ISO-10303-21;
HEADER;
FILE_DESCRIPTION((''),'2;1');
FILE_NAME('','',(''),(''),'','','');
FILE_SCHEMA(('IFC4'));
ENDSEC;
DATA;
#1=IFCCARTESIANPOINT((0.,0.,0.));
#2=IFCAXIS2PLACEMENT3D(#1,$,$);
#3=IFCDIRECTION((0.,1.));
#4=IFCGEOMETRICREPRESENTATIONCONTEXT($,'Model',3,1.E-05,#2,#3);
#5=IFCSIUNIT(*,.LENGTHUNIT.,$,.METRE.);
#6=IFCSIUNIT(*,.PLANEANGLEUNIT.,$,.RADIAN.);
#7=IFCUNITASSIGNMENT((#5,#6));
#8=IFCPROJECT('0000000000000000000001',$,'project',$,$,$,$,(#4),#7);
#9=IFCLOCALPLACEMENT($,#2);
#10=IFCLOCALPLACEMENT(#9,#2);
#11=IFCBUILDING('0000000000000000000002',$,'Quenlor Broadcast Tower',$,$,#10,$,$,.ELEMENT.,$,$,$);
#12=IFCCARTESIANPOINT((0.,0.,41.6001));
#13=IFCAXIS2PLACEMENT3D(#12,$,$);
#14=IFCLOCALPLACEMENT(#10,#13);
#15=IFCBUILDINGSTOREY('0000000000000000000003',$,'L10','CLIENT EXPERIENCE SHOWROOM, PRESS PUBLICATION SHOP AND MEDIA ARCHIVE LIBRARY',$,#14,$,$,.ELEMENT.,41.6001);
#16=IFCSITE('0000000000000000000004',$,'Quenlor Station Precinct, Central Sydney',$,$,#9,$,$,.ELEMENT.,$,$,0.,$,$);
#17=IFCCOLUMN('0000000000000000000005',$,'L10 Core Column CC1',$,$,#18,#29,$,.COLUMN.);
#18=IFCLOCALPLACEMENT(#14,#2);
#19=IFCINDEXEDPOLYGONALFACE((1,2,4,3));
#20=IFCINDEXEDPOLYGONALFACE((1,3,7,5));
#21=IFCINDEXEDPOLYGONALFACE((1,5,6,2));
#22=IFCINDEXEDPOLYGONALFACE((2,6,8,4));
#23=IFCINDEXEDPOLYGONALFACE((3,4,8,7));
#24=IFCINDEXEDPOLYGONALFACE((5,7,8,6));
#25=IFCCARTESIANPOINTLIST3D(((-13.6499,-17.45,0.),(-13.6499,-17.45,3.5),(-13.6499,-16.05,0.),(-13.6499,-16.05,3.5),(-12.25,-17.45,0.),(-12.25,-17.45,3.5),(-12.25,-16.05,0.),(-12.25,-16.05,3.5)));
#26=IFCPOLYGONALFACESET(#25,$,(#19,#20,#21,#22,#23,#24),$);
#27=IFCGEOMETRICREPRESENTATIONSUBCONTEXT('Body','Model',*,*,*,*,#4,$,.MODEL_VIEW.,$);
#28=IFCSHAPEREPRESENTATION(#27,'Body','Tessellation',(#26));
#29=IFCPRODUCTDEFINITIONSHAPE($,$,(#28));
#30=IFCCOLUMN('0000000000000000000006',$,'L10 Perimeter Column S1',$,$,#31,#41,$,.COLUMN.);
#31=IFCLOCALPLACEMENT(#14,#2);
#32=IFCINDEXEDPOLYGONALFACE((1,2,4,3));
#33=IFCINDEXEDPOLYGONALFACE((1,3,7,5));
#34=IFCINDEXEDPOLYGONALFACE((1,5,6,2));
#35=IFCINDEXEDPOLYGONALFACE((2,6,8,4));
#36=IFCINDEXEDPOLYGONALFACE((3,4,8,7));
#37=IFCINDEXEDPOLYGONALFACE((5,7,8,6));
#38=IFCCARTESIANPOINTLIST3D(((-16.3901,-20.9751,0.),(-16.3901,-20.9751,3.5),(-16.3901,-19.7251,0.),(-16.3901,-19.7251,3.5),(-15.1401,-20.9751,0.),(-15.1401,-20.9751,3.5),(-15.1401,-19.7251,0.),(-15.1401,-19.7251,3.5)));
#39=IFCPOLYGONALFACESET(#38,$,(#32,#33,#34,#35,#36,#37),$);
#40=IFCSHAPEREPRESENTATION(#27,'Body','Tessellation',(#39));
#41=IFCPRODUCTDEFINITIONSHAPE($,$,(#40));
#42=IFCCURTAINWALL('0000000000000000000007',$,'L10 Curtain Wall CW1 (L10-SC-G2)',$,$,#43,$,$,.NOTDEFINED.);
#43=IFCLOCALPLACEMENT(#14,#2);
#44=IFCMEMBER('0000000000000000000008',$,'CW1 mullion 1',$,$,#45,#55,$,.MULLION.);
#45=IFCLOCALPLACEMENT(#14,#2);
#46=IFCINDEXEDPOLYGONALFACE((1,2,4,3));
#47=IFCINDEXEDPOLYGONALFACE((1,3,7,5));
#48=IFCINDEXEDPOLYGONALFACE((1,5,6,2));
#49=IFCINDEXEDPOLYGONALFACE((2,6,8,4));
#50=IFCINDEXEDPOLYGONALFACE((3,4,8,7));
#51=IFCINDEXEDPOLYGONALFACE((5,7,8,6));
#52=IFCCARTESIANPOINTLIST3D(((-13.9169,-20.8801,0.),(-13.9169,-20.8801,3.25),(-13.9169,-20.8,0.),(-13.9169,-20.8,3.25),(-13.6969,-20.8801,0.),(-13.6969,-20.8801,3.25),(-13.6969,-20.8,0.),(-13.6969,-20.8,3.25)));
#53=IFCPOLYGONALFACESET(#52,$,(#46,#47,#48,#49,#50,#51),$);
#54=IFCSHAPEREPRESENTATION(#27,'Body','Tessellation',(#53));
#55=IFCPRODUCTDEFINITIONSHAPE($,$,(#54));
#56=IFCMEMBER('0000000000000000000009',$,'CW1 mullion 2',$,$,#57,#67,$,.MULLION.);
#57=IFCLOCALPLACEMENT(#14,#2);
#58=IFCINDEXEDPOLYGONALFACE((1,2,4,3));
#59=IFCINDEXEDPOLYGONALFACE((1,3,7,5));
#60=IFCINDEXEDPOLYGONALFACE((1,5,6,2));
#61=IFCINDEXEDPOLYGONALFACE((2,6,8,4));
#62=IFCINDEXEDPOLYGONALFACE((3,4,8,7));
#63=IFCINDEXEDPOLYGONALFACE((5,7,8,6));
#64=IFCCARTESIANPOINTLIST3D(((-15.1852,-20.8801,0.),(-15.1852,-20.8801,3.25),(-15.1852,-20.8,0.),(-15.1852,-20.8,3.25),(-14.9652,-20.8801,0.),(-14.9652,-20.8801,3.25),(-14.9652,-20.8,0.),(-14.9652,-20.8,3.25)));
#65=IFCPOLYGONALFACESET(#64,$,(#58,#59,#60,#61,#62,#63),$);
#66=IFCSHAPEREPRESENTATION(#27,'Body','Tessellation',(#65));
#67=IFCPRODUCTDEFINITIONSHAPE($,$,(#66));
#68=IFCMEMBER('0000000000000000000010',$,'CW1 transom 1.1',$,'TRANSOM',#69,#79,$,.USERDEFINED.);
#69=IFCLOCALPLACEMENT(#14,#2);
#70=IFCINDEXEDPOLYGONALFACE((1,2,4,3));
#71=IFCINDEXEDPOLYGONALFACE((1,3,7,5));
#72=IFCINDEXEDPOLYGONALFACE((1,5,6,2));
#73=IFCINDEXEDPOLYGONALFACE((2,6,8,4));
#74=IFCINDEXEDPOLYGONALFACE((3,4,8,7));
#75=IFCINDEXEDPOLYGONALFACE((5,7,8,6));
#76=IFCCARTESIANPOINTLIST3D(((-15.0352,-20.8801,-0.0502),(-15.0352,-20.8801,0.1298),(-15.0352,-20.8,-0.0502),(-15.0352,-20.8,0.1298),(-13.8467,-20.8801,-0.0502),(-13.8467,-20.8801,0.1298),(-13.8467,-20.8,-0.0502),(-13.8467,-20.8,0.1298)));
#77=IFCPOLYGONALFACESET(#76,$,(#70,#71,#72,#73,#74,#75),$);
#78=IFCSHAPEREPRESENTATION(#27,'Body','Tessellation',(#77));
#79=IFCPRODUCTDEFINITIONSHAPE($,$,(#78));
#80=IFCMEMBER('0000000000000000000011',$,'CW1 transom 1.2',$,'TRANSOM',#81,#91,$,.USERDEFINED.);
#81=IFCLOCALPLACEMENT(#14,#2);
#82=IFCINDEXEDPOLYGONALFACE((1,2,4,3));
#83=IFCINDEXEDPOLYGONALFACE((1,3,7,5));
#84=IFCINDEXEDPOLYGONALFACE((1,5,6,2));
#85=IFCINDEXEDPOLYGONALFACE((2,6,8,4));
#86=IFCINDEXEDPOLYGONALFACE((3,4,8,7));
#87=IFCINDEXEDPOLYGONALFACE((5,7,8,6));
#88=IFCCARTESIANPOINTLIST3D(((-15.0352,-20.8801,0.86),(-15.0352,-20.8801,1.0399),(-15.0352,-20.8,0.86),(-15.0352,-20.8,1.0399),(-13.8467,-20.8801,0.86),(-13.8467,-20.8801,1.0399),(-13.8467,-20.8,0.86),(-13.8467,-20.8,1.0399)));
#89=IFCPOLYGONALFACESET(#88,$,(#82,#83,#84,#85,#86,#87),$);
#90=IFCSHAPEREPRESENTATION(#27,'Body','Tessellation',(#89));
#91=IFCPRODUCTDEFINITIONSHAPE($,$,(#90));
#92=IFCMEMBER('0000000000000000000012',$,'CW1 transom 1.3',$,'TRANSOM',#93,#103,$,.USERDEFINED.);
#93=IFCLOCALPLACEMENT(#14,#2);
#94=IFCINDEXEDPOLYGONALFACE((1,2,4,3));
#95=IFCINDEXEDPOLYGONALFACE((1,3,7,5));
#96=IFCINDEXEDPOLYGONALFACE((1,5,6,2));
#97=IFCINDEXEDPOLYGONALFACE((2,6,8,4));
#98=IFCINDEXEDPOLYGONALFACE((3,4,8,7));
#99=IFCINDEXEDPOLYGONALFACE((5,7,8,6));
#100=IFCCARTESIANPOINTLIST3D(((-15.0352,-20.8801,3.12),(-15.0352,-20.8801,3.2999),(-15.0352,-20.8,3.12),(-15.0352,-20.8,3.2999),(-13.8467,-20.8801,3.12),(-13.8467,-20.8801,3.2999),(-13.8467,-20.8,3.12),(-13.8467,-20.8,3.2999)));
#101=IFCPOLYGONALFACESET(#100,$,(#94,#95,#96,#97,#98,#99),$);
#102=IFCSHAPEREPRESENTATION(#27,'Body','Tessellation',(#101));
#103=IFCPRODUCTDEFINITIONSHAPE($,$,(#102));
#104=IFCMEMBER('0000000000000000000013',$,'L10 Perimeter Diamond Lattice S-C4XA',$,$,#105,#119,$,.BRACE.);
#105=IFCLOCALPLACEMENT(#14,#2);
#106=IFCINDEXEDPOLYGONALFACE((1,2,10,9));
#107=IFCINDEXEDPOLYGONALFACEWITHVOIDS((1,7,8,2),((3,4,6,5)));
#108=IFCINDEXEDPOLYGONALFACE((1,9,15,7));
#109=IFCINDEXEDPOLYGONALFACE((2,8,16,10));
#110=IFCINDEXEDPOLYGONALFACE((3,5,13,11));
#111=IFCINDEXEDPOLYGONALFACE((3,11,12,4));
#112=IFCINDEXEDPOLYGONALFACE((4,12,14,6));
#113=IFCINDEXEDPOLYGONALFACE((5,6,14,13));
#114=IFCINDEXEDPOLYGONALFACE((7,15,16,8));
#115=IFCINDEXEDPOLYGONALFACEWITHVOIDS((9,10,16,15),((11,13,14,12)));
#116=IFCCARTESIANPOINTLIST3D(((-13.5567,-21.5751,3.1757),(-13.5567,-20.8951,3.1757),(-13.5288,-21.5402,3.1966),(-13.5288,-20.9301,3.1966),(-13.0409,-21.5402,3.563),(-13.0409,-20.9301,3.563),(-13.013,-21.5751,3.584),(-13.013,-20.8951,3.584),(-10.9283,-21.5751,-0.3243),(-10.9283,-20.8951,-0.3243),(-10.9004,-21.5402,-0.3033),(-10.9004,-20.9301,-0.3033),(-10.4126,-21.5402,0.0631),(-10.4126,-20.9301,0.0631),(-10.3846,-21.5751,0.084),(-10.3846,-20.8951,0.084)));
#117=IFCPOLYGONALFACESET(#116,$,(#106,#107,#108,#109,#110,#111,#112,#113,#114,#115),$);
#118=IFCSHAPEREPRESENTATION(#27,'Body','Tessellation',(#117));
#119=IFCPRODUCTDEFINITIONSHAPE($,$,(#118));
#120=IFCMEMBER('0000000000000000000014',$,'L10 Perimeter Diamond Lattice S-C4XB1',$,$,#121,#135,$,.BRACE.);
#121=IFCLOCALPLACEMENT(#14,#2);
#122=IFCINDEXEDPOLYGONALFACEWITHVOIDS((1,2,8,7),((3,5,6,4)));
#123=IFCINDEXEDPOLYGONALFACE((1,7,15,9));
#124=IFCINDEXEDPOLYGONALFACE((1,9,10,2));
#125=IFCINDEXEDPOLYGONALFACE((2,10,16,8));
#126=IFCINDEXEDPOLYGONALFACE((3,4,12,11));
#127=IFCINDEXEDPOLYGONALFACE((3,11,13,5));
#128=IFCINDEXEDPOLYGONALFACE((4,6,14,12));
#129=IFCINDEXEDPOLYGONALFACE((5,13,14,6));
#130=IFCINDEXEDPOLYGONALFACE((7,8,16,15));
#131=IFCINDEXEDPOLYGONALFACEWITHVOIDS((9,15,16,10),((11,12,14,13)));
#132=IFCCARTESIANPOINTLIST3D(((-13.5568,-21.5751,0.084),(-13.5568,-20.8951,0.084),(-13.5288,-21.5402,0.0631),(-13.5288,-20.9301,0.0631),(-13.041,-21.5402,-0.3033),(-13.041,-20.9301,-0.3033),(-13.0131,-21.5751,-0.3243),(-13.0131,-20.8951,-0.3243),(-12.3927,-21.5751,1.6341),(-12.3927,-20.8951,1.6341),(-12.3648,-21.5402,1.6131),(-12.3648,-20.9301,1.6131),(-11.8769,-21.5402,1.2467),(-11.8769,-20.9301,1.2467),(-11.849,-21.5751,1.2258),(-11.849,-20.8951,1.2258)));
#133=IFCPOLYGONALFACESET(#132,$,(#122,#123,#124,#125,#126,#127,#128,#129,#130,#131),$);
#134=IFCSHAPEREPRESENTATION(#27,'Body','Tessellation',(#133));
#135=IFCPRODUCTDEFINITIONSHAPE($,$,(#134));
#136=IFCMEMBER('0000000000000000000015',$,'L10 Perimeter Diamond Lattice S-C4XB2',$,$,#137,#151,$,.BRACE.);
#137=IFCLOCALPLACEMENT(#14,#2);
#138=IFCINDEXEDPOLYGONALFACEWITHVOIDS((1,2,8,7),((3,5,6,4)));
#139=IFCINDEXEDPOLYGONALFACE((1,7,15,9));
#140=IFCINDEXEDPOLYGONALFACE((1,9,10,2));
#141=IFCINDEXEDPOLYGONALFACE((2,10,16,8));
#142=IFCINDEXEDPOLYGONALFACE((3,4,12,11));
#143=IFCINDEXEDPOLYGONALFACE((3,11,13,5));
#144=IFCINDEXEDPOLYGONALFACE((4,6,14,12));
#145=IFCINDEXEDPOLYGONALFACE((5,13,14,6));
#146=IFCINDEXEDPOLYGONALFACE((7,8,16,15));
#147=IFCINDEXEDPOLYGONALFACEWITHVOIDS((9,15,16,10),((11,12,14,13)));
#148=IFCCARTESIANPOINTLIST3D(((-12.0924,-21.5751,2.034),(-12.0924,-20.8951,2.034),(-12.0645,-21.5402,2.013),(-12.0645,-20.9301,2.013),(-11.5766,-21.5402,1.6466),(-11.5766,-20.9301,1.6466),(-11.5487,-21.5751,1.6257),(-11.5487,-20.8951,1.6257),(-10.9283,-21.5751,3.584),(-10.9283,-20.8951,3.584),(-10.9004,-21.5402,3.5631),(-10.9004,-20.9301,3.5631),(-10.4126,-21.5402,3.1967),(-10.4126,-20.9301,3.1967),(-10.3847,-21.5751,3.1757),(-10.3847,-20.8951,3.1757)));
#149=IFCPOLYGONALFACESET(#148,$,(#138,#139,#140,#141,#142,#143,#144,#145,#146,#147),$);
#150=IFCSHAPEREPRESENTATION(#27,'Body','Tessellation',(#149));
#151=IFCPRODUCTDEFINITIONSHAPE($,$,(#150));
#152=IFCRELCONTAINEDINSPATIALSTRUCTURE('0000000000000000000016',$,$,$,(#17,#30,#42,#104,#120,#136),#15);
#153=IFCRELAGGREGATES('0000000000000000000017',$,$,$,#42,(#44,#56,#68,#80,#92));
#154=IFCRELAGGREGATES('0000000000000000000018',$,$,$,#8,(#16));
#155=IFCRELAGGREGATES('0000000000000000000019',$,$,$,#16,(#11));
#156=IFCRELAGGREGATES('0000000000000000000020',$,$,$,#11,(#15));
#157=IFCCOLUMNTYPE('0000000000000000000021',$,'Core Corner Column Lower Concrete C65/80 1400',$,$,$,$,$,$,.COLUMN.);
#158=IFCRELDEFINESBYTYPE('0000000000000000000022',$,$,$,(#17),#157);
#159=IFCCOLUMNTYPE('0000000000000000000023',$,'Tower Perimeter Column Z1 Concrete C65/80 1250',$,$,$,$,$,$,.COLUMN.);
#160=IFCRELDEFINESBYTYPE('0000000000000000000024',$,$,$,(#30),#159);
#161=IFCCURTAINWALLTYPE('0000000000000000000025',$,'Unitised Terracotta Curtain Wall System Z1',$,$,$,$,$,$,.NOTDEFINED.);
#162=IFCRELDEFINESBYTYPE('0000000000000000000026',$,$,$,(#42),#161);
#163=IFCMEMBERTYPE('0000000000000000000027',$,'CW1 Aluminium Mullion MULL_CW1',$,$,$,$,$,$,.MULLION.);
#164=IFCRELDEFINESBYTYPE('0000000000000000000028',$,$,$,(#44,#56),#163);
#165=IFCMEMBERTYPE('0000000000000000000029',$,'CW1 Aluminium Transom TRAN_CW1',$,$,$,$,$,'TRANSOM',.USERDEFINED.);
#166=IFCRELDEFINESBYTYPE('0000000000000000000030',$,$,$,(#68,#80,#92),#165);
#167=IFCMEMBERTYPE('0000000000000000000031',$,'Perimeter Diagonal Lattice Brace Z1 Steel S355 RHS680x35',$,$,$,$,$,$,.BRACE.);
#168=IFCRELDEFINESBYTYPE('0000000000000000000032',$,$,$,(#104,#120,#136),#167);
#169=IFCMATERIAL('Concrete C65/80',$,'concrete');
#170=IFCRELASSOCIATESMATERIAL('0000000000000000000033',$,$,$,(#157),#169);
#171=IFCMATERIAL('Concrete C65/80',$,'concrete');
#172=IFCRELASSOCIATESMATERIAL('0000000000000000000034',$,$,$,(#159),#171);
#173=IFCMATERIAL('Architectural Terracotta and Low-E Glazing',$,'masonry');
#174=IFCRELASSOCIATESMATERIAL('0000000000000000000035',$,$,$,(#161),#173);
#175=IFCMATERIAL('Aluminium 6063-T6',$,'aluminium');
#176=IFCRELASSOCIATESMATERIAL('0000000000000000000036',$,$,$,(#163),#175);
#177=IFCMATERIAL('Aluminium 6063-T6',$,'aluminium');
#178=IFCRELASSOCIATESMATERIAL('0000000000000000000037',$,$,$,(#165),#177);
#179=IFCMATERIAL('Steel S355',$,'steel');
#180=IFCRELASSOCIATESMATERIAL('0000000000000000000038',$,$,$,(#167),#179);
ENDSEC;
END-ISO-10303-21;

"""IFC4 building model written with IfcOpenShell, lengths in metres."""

from ifc_helpers import new_model, si_unit, direction, frame, origin, origin_2d, place, context, subcontext, project, spatial, rectangle, hollow_rectangle, extrude, material, material_profile, profile_set, type_object, element, aggregate, save


model = new_model("IFC4")

# Units and contexts
model_context = context("Model", 3, precision=1e-05, world=origin(), true_north=direction((0.0, 1.0)))
body_context = subcontext(model_context, "Body", "Model", "MODEL_VIEW")
ifc_project = project(units=[si_unit("LENGTHUNIT", "METRE"), si_unit("PLANEANGLEUNIT", "RADIAN")], contexts=[model_context])

# Site, building, storey
site_placement = place(None, origin())
site = spatial("IfcSite", under=ifc_project, at=site_placement, Name="Quenlor Station Precinct, Central Sydney", CompositionType="ELEMENT", RefElevation=0.0)
building_placement = place(site_placement, origin())
building = spatial("IfcBuilding", under=site, at=building_placement, Name="Quenlor Broadcast Tower", CompositionType="ELEMENT")
storey_placement = place(building_placement, frame((0.0, 0.0, 41.6001)))
storey = spatial("IfcBuildingStorey", under=building, at=storey_placement, Name="L10", Description="CLIENT EXPERIENCE SHOWROOM, PRESS PUBLICATION SHOP AND MEDIA ARCHIVE LIBRARY", CompositionType="ELEMENT", Elevation=41.6001)

# Columns
ifc_material_1 = material(Name="Concrete C65/80", Category="concrete")
ifc_material_profile_1 = material_profile(ifc_material_1, rectangle(XDim=1.3999, YDim=1.3999, at=origin_2d()))
ifc_profile_set_1 = profile_set([ifc_material_profile_1], Name="Concrete C65/80 RC1400x1400")
column_type_1 = type_object("IfcColumnType", Name="Core Corner Column Lower Concrete C65/80 1400", PredefinedType="COLUMN", material=ifc_profile_set_1)
column_1_placement = place(storey_placement, frame((-12.95, -16.75, 0.0), z_axis=(0.0, 0.0, 1.0), x_axis=(1.0, 0.0, 0.0)))
element("IfcColumn", 1, at=column_1_placement, inside=storey, type_object=column_type_1, Name="L10 Core Column CC1", PredefinedType="COLUMN", context=body_context, shape_type="SweptSolid", body=[
    extrude(rectangle(XDim=1.3999, YDim=1.3999, at=origin_2d()), origin(), (0.0, 0.0, 1.0), 3.5),
])
ifc_material_2 = material(Name="Concrete C65/80", Category="concrete")
ifc_material_profile_2 = material_profile(ifc_material_2, rectangle(XDim=1.25, YDim=1.25, at=origin_2d()))
ifc_profile_set_2 = profile_set([ifc_material_profile_2], Name="Concrete C65/80 RC1250x1250")
column_type_2 = type_object("IfcColumnType", Name="Tower Perimeter Column Z1 Concrete C65/80 1250", PredefinedType="COLUMN", material=ifc_profile_set_2)
column_2_placement = place(storey_placement, frame((-15.7651, -20.3501, 0.0), z_axis=(0.0, 0.0, 1.0), x_axis=(0.0, 1.0, 0.0)))
element("IfcColumn", 2, at=column_2_placement, inside=storey, type_object=column_type_2, Name="L10 Perimeter Column S1", PredefinedType="COLUMN", context=body_context, shape_type="SweptSolid", body=[
    extrude(rectangle(XDim=1.25, YDim=1.25, at=origin_2d()), origin(), (0.0, 0.0, 1.0), 3.5),
])

# Curtain wall, members
ifc_material_3 = material(Name="Architectural Terracotta and Low-E Glazing", Category="masonry")
curtain_wall_type = type_object("IfcCurtainWallType", Name="Unitised Terracotta Curtain Wall System Z1", PredefinedType="NOTDEFINED", material=ifc_material_3)
curtain_wall_placement = place(storey_placement, origin())
curtain_wall = element("IfcCurtainWall", 3, at=curtain_wall_placement, inside=storey, type_object=curtain_wall_type, Name="L10 Curtain Wall CW1 (L10-SC-G2)", PredefinedType="NOTDEFINED")
ifc_material_4 = material(Name="Aluminium 6063-T6", Category="aluminium")
ifc_material_profile_3 = material_profile(ifc_material_4, rectangle(XDim=0.0801, YDim=0.22, at=origin_2d()))
ifc_profile_set_3 = profile_set([ifc_material_profile_3], Name="Aluminium 6063-T6 MULL80x220")
member_type_1 = type_object("IfcMemberType", Name="CW1 Aluminium Mullion MULL_CW1", PredefinedType="MULLION", material=ifc_profile_set_3)
member_1_placement = place(storey_placement, frame((-13.8069, -20.8401, 0.0), z_axis=(0.0, 0.0, 1.0), x_axis=(0.0, -1.0, 0.0)))
member_1 = element("IfcMember", 4, at=member_1_placement, type_object=member_type_1, Name="CW1 mullion 1", PredefinedType="MULLION", context=body_context, shape_type="SweptSolid", body=[
    extrude(rectangle(XDim=0.0801, YDim=0.22, at=origin_2d()), origin(), (0.0, 0.0, 1.0), 3.25),
])
member_2_placement = place(storey_placement, frame((-15.0752, -20.8401, 0.0), z_axis=(0.0, 0.0, 1.0), x_axis=(0.0, -1.0, 0.0)))
member_2 = element("IfcMember", 5, at=member_2_placement, type_object=member_type_1, Name="CW1 mullion 2", PredefinedType="MULLION", context=body_context, shape_type="SweptSolid", body=[
    extrude(rectangle(XDim=0.0801, YDim=0.22, at=origin_2d()), origin(), (0.0, 0.0, 1.0), 3.25),
])
ifc_material_5 = material(Name="Aluminium 6063-T6", Category="aluminium")
ifc_material_profile_4 = material_profile(ifc_material_5, rectangle(XDim=0.0801, YDim=0.1799, at=origin_2d()))
ifc_profile_set_4 = profile_set([ifc_material_profile_4], Name="Aluminium 6063-T6 TRAN80x180")
member_type_2 = type_object("IfcMemberType", Name="CW1 Aluminium Transom TRAN_CW1", ElementType="TRANSOM", PredefinedType="USERDEFINED", material=ifc_profile_set_4)
member_3_placement = place(storey_placement, frame((-13.8467, -20.8401, 0.0398), z_axis=(-1.0, 0.0, 0.0), x_axis=(0.0, -1.0, 0.0)))
member_3 = element("IfcMember", 6, at=member_3_placement, type_object=member_type_2, Name="CW1 transom 1.1", ObjectType="TRANSOM", PredefinedType="USERDEFINED", context=body_context, shape_type="SweptSolid", body=[
    extrude(rectangle(XDim=0.0801, YDim=0.1799, at=origin_2d()), origin(), (0.0, 0.0, 1.0), 1.1885),
])
member_4_placement = place(storey_placement, frame((-13.8467, -20.8401, 0.95), z_axis=(-1.0, 0.0, 0.0), x_axis=(0.0, -1.0, 0.0)))
member_4 = element("IfcMember", 7, at=member_4_placement, type_object=member_type_2, Name="CW1 transom 1.2", ObjectType="TRANSOM", PredefinedType="USERDEFINED", context=body_context, shape_type="SweptSolid", body=[
    extrude(rectangle(XDim=0.0801, YDim=0.1799, at=origin_2d()), origin(), (0.0, 0.0, 1.0), 1.1885),
])
member_5_placement = place(storey_placement, frame((-13.8467, -20.8401, 3.21), z_axis=(-1.0, 0.0, 0.0), x_axis=(0.0, -1.0, 0.0)))
member_5 = element("IfcMember", 8, at=member_5_placement, type_object=member_type_2, Name="CW1 transom 1.3", ObjectType="TRANSOM", PredefinedType="USERDEFINED", context=body_context, shape_type="SweptSolid", body=[
    extrude(rectangle(XDim=0.0801, YDim=0.1799, at=origin_2d()), origin(), (0.0, 0.0, 1.0), 1.1885),
])

# Members
ifc_material_6 = material(Name="Steel S355", Category="steel")
ifc_material_profile_5 = material_profile(ifc_material_6, hollow_rectangle(XDim=0.6799, YDim=0.6799, WallThickness=0.0349, at=origin_2d()))
ifc_profile_set_5 = profile_set([ifc_material_profile_5], Name="Steel S355 RHS680x680x35")
member_type_3 = type_object("IfcMemberType", Name="Perimeter Diagonal Lattice Brace Z1 Steel S355 RHS680x35", PredefinedType="BRACE", material=ifc_profile_set_5)
member_6_placement = place(storey_placement, frame((-10.6565, -21.2351, -0.1201), z_axis=(-0.6005, 0.0, 0.799625), x_axis=(0.0, -1.0, 0.0)))
element("IfcMember", 9, at=member_6_placement, inside=storey, type_object=member_type_3, Name="L10 Perimeter Diamond Lattice S-C4XA", PredefinedType="BRACE", context=body_context, shape_type="SweptSolid", body=[
    extrude(hollow_rectangle(XDim=0.6799, YDim=0.6799, WallThickness=0.0349, at=origin_2d()), origin(), (0.0, 0.0, 1.0), 4.377),
])
for number, where, z_axis, x_axis, name in (
    (10, (-13.2849, -21.2351, -0.1201), (0.600504, 0.0, 0.799622), (0.0, 1.0, 0.0), "L10 Perimeter Diamond Lattice S-C4XB1"),
    (11, (-11.8206, -21.2351, 1.8298), (0.600504, 0.0, 0.799622), (0.0, 1.0, 0.0), "L10 Perimeter Diamond Lattice S-C4XB2"),
):
    element("IfcMember", number, at=place(storey_placement, frame(where, z_axis=z_axis, x_axis=x_axis)), inside=storey, type_object=member_type_3, Name=name, PredefinedType="BRACE", context=body_context, shape_type="SweptSolid", body=[
        extrude(hollow_rectangle(XDim=0.6799, YDim=0.6799, WallThickness=0.0349, at=origin_2d()), origin(), (0.0, 0.0, 1.0), 1.9385),
    ])

aggregate(curtain_wall, [member_1, member_2, member_3, member_4, member_5])

save(model, "model.ifc")
